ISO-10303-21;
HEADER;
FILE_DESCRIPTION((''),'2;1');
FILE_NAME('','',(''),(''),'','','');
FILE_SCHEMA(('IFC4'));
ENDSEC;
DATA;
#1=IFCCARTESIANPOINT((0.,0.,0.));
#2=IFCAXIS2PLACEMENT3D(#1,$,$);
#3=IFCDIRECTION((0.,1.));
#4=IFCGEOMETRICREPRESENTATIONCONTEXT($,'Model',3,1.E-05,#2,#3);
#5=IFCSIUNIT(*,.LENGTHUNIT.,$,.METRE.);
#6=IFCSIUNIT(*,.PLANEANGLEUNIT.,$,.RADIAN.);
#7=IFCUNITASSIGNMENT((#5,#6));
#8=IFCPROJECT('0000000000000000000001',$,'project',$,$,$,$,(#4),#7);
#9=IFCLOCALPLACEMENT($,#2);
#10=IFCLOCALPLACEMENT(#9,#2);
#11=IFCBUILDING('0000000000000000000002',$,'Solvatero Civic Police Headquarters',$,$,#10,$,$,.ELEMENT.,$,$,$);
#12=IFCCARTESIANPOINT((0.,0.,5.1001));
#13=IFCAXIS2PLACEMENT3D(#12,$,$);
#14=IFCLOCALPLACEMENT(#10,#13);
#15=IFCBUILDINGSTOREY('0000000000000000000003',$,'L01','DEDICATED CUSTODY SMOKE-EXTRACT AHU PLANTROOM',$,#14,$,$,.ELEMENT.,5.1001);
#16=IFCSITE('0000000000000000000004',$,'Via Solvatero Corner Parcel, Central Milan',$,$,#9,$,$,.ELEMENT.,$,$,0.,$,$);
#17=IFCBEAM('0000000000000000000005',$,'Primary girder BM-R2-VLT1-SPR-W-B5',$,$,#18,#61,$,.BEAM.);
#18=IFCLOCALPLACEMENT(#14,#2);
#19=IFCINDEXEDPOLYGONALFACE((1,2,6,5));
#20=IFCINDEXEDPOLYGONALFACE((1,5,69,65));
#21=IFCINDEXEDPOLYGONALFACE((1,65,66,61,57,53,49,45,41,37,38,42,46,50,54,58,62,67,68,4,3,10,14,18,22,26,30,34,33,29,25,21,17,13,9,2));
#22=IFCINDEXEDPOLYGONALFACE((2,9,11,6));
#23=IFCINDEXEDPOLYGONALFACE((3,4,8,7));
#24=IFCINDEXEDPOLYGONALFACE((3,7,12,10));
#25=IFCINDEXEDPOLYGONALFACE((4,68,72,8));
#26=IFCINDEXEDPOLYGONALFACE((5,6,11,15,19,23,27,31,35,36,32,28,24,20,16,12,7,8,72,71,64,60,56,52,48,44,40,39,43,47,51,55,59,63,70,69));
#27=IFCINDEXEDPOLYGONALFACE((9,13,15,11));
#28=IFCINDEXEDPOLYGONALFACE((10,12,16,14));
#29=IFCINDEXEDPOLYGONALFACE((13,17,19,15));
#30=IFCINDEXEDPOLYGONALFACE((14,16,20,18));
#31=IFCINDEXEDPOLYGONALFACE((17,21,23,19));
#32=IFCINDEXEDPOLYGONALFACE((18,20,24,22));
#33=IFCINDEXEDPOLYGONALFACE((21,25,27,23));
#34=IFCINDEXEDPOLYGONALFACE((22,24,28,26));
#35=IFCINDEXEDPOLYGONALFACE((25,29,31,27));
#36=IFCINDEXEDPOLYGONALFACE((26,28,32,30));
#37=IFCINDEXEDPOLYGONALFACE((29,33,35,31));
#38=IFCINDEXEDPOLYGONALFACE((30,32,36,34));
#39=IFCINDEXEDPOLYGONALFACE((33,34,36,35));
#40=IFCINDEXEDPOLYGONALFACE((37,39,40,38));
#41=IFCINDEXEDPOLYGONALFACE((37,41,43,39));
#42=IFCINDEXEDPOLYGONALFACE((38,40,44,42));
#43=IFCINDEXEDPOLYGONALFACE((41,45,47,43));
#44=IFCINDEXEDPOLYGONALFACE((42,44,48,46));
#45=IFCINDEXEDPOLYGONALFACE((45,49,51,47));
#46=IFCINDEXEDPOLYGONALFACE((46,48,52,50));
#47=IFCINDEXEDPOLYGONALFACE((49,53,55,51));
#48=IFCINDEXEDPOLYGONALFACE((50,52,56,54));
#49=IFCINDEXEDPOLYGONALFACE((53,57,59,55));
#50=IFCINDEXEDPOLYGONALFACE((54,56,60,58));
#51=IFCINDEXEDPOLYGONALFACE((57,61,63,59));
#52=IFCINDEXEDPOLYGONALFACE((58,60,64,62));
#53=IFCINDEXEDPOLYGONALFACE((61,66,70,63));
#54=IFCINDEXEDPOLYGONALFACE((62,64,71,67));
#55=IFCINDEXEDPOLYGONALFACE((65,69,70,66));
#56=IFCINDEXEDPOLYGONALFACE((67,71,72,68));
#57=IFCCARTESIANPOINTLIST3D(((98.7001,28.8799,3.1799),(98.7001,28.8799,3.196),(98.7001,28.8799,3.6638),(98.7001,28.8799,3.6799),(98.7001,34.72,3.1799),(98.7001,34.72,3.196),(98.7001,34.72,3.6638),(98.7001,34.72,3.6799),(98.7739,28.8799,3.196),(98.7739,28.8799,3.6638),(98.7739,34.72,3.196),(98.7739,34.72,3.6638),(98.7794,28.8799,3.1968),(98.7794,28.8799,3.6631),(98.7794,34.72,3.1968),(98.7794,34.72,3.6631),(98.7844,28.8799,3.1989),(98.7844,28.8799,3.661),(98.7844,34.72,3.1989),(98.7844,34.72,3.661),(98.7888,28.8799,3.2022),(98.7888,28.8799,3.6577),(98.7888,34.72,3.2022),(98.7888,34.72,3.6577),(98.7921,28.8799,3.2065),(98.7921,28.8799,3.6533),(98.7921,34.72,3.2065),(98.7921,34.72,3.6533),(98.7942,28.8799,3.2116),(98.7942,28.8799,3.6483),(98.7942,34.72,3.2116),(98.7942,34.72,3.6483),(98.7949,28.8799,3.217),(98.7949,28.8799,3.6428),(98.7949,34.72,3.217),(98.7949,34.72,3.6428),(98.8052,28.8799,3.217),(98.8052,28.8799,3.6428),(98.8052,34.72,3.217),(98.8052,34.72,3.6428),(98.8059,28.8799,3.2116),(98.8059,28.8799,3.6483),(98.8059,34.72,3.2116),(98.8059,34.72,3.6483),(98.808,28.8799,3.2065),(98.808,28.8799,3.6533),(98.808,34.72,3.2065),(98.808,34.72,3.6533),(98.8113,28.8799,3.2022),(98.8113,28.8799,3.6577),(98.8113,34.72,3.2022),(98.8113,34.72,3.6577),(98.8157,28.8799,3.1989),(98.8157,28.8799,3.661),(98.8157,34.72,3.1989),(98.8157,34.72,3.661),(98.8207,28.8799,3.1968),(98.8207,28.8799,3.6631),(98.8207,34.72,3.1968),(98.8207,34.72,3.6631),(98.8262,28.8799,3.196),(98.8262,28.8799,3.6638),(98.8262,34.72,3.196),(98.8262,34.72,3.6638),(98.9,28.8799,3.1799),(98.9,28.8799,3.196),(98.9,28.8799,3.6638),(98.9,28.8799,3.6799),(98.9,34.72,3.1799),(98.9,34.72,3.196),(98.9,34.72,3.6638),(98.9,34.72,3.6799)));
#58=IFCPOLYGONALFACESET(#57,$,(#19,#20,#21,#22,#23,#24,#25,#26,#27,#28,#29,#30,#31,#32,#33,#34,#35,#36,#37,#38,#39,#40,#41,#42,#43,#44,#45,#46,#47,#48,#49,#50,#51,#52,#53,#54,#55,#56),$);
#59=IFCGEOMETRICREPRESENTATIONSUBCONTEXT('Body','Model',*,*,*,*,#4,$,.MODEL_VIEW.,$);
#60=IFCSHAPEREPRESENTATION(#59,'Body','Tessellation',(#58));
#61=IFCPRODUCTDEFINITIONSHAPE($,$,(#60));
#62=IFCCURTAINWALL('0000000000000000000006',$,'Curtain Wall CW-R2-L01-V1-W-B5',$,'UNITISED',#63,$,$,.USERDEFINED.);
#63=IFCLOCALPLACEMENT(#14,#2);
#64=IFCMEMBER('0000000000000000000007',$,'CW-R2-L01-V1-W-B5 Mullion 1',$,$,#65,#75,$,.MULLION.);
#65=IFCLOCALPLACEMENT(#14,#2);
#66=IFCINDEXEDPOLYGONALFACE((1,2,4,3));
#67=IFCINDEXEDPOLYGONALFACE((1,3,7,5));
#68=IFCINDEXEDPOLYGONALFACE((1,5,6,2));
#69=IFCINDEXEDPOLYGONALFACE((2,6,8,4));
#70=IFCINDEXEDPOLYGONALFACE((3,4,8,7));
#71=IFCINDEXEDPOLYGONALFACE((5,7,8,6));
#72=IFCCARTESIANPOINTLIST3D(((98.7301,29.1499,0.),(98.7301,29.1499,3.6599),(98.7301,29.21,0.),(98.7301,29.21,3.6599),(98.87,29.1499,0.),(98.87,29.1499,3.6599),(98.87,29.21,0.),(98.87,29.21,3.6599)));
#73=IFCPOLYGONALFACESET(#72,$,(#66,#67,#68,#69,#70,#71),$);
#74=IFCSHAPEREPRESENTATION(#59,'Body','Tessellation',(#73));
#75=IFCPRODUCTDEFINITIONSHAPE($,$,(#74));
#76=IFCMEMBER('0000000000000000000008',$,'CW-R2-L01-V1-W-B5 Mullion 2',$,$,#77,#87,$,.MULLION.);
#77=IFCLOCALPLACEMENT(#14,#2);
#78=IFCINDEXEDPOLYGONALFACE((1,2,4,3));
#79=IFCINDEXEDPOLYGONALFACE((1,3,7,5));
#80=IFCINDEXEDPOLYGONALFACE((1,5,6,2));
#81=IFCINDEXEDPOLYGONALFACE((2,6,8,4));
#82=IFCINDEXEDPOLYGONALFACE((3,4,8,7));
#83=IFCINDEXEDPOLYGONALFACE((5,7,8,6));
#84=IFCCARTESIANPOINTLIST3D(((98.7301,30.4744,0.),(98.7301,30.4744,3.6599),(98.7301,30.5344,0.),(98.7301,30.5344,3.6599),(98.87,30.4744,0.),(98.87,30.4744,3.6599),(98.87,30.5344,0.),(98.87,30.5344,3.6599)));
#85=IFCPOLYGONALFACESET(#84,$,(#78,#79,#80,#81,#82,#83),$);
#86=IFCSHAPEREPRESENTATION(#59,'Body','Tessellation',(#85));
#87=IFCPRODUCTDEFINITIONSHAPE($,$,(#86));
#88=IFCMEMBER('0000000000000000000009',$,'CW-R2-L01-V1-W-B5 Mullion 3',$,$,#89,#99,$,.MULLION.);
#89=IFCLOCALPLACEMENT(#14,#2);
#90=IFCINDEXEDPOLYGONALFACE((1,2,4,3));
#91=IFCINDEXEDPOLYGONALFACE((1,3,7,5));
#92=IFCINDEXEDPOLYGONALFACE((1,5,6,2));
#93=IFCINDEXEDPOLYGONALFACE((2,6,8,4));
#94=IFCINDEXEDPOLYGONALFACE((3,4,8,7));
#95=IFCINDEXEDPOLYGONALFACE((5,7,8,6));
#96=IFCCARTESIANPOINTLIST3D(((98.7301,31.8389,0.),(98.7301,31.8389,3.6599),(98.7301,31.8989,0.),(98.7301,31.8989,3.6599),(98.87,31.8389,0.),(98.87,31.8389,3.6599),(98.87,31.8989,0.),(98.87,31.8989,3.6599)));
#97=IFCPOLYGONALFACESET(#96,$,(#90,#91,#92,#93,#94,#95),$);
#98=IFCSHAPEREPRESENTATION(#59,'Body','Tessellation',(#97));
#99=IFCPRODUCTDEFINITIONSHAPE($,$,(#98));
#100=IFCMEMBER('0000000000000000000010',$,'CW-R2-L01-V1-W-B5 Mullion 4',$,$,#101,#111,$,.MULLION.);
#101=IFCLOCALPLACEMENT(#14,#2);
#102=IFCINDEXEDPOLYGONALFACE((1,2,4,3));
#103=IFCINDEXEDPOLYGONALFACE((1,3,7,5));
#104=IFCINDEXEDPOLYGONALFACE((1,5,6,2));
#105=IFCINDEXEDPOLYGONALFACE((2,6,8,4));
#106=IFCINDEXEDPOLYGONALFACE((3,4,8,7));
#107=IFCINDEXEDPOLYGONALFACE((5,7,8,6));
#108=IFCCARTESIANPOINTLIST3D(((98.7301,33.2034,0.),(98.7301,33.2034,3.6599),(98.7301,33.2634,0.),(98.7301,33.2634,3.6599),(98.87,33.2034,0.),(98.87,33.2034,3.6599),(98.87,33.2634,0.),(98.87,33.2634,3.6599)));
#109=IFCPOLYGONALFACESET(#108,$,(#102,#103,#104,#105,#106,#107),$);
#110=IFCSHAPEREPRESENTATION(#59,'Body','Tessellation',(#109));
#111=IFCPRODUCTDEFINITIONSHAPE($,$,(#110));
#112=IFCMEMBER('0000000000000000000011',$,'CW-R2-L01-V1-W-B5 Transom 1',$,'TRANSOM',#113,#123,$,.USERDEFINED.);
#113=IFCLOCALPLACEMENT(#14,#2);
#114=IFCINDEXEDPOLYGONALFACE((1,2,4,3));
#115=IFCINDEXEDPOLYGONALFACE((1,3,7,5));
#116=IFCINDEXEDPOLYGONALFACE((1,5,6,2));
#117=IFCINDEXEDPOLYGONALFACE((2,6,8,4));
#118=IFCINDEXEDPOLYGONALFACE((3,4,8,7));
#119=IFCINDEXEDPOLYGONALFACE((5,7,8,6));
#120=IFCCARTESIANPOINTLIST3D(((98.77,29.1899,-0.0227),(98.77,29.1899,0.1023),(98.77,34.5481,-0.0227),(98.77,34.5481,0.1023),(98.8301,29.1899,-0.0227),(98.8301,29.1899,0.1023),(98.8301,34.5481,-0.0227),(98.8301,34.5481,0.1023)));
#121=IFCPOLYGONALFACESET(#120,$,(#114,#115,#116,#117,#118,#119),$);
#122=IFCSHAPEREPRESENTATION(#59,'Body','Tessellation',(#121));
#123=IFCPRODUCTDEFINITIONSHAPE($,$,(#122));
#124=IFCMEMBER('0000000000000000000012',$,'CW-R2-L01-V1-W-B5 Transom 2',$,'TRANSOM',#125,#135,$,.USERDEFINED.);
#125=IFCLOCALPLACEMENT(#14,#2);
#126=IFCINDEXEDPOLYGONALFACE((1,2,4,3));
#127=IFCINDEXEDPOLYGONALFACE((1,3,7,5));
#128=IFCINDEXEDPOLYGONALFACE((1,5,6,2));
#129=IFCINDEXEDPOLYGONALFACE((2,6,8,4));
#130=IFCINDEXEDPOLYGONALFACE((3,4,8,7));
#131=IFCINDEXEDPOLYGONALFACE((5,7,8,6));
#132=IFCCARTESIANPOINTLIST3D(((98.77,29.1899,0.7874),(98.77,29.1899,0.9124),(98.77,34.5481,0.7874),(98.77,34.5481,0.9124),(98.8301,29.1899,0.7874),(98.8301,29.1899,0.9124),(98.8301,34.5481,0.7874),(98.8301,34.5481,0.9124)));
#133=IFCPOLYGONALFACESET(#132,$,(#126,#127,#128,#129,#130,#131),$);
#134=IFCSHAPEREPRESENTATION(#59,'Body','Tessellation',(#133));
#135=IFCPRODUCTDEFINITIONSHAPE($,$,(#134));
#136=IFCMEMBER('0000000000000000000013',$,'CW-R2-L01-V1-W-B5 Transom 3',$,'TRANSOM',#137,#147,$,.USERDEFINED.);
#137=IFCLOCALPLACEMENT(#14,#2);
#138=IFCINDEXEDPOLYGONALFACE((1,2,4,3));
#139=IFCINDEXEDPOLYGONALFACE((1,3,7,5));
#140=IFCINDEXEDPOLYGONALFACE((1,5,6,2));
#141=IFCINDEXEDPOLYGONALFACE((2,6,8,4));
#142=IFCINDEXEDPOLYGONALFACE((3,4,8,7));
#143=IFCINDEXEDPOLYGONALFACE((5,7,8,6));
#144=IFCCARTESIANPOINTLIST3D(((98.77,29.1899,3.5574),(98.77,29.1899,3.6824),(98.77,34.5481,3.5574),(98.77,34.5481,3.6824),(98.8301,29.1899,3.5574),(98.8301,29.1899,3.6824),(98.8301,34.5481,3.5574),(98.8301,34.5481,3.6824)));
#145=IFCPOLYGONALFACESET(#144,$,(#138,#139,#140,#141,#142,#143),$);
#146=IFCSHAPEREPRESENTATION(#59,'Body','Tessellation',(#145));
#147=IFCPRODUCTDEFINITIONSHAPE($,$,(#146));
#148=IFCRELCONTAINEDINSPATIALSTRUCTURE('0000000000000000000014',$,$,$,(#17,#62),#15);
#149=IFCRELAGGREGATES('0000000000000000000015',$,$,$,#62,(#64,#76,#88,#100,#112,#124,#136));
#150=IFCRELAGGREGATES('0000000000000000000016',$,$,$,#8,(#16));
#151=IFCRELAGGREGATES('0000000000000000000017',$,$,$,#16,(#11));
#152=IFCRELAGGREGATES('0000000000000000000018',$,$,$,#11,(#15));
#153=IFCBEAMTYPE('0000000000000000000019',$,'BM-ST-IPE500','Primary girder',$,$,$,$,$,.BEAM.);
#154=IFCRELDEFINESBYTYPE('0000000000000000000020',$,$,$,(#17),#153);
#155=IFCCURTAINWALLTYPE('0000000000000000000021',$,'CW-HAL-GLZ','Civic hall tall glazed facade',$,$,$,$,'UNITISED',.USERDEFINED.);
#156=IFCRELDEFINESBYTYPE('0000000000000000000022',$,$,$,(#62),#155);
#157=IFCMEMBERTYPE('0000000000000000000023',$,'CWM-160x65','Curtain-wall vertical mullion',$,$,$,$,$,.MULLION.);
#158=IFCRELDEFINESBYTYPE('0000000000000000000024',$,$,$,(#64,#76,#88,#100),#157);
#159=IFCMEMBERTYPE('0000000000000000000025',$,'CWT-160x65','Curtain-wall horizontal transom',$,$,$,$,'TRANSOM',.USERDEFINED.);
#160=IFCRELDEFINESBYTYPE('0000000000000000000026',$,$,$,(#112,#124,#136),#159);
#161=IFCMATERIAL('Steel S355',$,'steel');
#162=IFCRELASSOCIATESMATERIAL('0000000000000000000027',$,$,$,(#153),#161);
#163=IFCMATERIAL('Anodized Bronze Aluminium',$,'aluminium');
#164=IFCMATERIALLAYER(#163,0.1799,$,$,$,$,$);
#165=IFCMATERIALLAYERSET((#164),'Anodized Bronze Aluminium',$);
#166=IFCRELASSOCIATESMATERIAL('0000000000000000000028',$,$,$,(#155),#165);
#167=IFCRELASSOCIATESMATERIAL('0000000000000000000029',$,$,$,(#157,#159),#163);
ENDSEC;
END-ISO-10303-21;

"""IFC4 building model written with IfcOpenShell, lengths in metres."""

from ifc_helpers import new_model, si_unit, direction, frame, origin, origin_2d, place, context, subcontext, project, spatial, rectangle, i_section, extrude, material, layer, layer_set, material_profile, profile_set, type_object, element, aggregate, save


model = new_model("IFC4")

# Units and contexts
model_context = context("Model", 3, precision=1e-05, world=origin(), true_north=direction((0.0, 1.0)))
body_context = subcontext(model_context, "Body", "Model", "MODEL_VIEW")
ifc_project = project(units=[si_unit("LENGTHUNIT", "METRE"), si_unit("PLANEANGLEUNIT", "RADIAN")], contexts=[model_context])

# Site, building, storey
site_placement = place(None, origin())
site = spatial("IfcSite", under=ifc_project, at=site_placement, Name="Via Solvatero Corner Parcel, Central Milan", CompositionType="ELEMENT", RefElevation=0.0)
building_placement = place(site_placement, origin())
building = spatial("IfcBuilding", under=site, at=building_placement, Name="Solvatero Civic Police Headquarters", CompositionType="ELEMENT")
storey_placement = place(building_placement, frame((0.0, 0.0, 5.1001)))
storey = spatial("IfcBuildingStorey", under=building, at=storey_placement, Name="L01", Description="DEDICATED CUSTODY SMOKE-EXTRACT AHU PLANTROOM", CompositionType="ELEMENT", Elevation=5.1001)

# Beam
ifc_material_1 = material(Name="Steel S355", Category="steel")
ifc_material_profile_1 = material_profile(ifc_material_1, i_section(OverallWidth=0.2, OverallDepth=0.5, WebThickness=0.0103, FlangeThickness=0.0161, FilletRadius=0.021, at=origin_2d()), Name="IPE 500")
ifc_profile_set_1 = profile_set([ifc_material_profile_1], Name="Steel S355")
beam_type_1 = type_object("IfcBeamType", Name="BM-ST-IPE500", Description="Primary girder", PredefinedType="BEAM", material=ifc_profile_set_1)
beam_1_placement = place(storey_placement, frame((98.8, 28.8799, 3.4299), z_axis=(0.0, 1.0, 0.0), x_axis=(-1.0, 0.0, 0.0)))
element("IfcBeam", 1, at=beam_1_placement, inside=storey, type_object=beam_type_1, Name="Primary girder BM-R2-VLT1-SPR-W-B5", PredefinedType="BEAM", context=body_context, shape_type="SweptSolid", body=[
    extrude(i_section(OverallWidth=0.2, OverallDepth=0.5, WebThickness=0.0103, FlangeThickness=0.0161, FilletRadius=0.021, at=origin_2d()), origin(), (0.0, 0.0, 1.0), 5.8401),
])

# Curtain wall, members
ifc_material_2 = material(Name="Anodized Bronze Aluminium", Category="aluminium")
ifc_layer_1 = layer(ifc_material_2, 0.1799)
ifc_layer_set_1 = layer_set([ifc_layer_1], Name="Anodized Bronze Aluminium")
curtain_wall_type = type_object("IfcCurtainWallType", Name="CW-HAL-GLZ", Description="Civic hall tall glazed facade", ElementType="UNITISED", PredefinedType="USERDEFINED", material=ifc_layer_set_1)
curtain_wall_placement = place(storey_placement, origin())
curtain_wall = element("IfcCurtainWall", 2, at=curtain_wall_placement, inside=storey, type_object=curtain_wall_type, Name="Curtain Wall CW-R2-L01-V1-W-B5", ObjectType="UNITISED", PredefinedType="USERDEFINED")
ifc_material_profile_2 = material_profile(ifc_material_2, rectangle(XDim=0.0601, YDim=0.1399, at=origin_2d()), Name="ALU MULLION 60x140")
ifc_profile_set_2 = profile_set([ifc_material_profile_2], Name="Anodized Bronze Aluminium")
member_type_1 = type_object("IfcMemberType", Name="CWM-160x65", Description="Curtain-wall vertical mullion", PredefinedType="MULLION", material=ifc_profile_set_2)
member_1_placement = place(storey_placement, frame((98.8, 29.1799, 0.0), z_axis=(0.0, 0.0, 1.0), x_axis=(0.0, 1.0, 0.0)))
member_1 = element("IfcMember", 3, at=member_1_placement, type_object=member_type_1, Name="CW-R2-L01-V1-W-B5 Mullion 1", PredefinedType="MULLION", context=body_context, shape_type="SweptSolid", body=[
    extrude(rectangle(XDim=0.0601, YDim=0.1399, at=origin_2d()), origin(), (0.0, 0.0, 1.0), 3.6599),
])
member_2_placement = place(storey_placement, frame((98.8, 30.5044, 0.0), z_axis=(0.0, 0.0, 1.0), x_axis=(0.0, 1.0, 0.0)))
member_2 = element("IfcMember", 4, at=member_2_placement, type_object=member_type_1, Name="CW-R2-L01-V1-W-B5 Mullion 2", PredefinedType="MULLION", context=body_context, shape_type="SweptSolid", body=[
    extrude(rectangle(XDim=0.0601, YDim=0.1399, at=origin_2d()), origin(), (0.0, 0.0, 1.0), 3.6599),
])
member_3_placement = place(storey_placement, frame((98.8, 31.8689, 0.0), z_axis=(0.0, 0.0, 1.0), x_axis=(0.0, 1.0, 0.0)))
member_3 = element("IfcMember", 5, at=member_3_placement, type_object=member_type_1, Name="CW-R2-L01-V1-W-B5 Mullion 3", PredefinedType="MULLION", context=body_context, shape_type="SweptSolid", body=[
    extrude(rectangle(XDim=0.0601, YDim=0.1399, at=origin_2d()), origin(), (0.0, 0.0, 1.0), 3.6599),
])
member_4_placement = place(storey_placement, frame((98.8, 33.2334, 0.0), z_axis=(0.0, 0.0, 1.0), x_axis=(0.0, 1.0, 0.0)))
member_4 = element("IfcMember", 6, at=member_4_placement, type_object=member_type_1, Name="CW-R2-L01-V1-W-B5 Mullion 4", PredefinedType="MULLION", context=body_context, shape_type="SweptSolid", body=[
    extrude(rectangle(XDim=0.0601, YDim=0.1399, at=origin_2d()), origin(), (0.0, 0.0, 1.0), 3.6599),
])
ifc_material_profile_3 = material_profile(ifc_material_2, rectangle(XDim=0.0601, YDim=0.125, at=origin_2d()), Name="ALU TRANSOM 60x125")
ifc_profile_set_3 = profile_set([ifc_material_profile_3], Name="Anodized Bronze Aluminium")
member_type_2 = type_object("IfcMemberType", Name="CWT-160x65", Description="Curtain-wall horizontal transom", ElementType="TRANSOM", PredefinedType="USERDEFINED", material=ifc_profile_set_3)
member_5_placement = place(storey_placement, frame((98.8, 29.1899, 0.0398), z_axis=(0.0, 1.0, 0.0), x_axis=(-1.0, 0.0, 0.0)))
member_5 = element("IfcMember", 7, at=member_5_placement, type_object=member_type_2, Name="CW-R2-L01-V1-W-B5 Transom 1", ObjectType="TRANSOM", PredefinedType="USERDEFINED", context=body_context, shape_type="SweptSolid", body=[
    extrude(rectangle(XDim=0.0601, YDim=0.125, at=origin_2d()), origin(), (0.0, 0.0, 1.0), 5.3582),
])
member_6_placement = place(storey_placement, frame((98.8, 29.1899, 0.8499), z_axis=(0.0, 1.0, 0.0), x_axis=(-1.0, 0.0, 0.0)))
member_6 = element("IfcMember", 8, at=member_6_placement, type_object=member_type_2, Name="CW-R2-L01-V1-W-B5 Transom 2", ObjectType="TRANSOM", PredefinedType="USERDEFINED", context=body_context, shape_type="SweptSolid", body=[
    extrude(rectangle(XDim=0.0601, YDim=0.125, at=origin_2d()), origin(), (0.0, 0.0, 1.0), 5.3582),
])
member_7_placement = place(storey_placement, frame((98.8, 29.1899, 3.6199), z_axis=(0.0, 1.0, 0.0), x_axis=(-1.0, 0.0, 0.0)))
member_7 = element("IfcMember", 9, at=member_7_placement, type_object=member_type_2, Name="CW-R2-L01-V1-W-B5 Transom 3", ObjectType="TRANSOM", PredefinedType="USERDEFINED", context=body_context, shape_type="SweptSolid", body=[
    extrude(rectangle(XDim=0.0601, YDim=0.125, at=origin_2d()), origin(), (0.0, 0.0, 1.0), 5.3582),
])

aggregate(curtain_wall, [member_1, member_2, member_3, member_4, member_5, member_6, member_7])

save(model, "model.ifc")
